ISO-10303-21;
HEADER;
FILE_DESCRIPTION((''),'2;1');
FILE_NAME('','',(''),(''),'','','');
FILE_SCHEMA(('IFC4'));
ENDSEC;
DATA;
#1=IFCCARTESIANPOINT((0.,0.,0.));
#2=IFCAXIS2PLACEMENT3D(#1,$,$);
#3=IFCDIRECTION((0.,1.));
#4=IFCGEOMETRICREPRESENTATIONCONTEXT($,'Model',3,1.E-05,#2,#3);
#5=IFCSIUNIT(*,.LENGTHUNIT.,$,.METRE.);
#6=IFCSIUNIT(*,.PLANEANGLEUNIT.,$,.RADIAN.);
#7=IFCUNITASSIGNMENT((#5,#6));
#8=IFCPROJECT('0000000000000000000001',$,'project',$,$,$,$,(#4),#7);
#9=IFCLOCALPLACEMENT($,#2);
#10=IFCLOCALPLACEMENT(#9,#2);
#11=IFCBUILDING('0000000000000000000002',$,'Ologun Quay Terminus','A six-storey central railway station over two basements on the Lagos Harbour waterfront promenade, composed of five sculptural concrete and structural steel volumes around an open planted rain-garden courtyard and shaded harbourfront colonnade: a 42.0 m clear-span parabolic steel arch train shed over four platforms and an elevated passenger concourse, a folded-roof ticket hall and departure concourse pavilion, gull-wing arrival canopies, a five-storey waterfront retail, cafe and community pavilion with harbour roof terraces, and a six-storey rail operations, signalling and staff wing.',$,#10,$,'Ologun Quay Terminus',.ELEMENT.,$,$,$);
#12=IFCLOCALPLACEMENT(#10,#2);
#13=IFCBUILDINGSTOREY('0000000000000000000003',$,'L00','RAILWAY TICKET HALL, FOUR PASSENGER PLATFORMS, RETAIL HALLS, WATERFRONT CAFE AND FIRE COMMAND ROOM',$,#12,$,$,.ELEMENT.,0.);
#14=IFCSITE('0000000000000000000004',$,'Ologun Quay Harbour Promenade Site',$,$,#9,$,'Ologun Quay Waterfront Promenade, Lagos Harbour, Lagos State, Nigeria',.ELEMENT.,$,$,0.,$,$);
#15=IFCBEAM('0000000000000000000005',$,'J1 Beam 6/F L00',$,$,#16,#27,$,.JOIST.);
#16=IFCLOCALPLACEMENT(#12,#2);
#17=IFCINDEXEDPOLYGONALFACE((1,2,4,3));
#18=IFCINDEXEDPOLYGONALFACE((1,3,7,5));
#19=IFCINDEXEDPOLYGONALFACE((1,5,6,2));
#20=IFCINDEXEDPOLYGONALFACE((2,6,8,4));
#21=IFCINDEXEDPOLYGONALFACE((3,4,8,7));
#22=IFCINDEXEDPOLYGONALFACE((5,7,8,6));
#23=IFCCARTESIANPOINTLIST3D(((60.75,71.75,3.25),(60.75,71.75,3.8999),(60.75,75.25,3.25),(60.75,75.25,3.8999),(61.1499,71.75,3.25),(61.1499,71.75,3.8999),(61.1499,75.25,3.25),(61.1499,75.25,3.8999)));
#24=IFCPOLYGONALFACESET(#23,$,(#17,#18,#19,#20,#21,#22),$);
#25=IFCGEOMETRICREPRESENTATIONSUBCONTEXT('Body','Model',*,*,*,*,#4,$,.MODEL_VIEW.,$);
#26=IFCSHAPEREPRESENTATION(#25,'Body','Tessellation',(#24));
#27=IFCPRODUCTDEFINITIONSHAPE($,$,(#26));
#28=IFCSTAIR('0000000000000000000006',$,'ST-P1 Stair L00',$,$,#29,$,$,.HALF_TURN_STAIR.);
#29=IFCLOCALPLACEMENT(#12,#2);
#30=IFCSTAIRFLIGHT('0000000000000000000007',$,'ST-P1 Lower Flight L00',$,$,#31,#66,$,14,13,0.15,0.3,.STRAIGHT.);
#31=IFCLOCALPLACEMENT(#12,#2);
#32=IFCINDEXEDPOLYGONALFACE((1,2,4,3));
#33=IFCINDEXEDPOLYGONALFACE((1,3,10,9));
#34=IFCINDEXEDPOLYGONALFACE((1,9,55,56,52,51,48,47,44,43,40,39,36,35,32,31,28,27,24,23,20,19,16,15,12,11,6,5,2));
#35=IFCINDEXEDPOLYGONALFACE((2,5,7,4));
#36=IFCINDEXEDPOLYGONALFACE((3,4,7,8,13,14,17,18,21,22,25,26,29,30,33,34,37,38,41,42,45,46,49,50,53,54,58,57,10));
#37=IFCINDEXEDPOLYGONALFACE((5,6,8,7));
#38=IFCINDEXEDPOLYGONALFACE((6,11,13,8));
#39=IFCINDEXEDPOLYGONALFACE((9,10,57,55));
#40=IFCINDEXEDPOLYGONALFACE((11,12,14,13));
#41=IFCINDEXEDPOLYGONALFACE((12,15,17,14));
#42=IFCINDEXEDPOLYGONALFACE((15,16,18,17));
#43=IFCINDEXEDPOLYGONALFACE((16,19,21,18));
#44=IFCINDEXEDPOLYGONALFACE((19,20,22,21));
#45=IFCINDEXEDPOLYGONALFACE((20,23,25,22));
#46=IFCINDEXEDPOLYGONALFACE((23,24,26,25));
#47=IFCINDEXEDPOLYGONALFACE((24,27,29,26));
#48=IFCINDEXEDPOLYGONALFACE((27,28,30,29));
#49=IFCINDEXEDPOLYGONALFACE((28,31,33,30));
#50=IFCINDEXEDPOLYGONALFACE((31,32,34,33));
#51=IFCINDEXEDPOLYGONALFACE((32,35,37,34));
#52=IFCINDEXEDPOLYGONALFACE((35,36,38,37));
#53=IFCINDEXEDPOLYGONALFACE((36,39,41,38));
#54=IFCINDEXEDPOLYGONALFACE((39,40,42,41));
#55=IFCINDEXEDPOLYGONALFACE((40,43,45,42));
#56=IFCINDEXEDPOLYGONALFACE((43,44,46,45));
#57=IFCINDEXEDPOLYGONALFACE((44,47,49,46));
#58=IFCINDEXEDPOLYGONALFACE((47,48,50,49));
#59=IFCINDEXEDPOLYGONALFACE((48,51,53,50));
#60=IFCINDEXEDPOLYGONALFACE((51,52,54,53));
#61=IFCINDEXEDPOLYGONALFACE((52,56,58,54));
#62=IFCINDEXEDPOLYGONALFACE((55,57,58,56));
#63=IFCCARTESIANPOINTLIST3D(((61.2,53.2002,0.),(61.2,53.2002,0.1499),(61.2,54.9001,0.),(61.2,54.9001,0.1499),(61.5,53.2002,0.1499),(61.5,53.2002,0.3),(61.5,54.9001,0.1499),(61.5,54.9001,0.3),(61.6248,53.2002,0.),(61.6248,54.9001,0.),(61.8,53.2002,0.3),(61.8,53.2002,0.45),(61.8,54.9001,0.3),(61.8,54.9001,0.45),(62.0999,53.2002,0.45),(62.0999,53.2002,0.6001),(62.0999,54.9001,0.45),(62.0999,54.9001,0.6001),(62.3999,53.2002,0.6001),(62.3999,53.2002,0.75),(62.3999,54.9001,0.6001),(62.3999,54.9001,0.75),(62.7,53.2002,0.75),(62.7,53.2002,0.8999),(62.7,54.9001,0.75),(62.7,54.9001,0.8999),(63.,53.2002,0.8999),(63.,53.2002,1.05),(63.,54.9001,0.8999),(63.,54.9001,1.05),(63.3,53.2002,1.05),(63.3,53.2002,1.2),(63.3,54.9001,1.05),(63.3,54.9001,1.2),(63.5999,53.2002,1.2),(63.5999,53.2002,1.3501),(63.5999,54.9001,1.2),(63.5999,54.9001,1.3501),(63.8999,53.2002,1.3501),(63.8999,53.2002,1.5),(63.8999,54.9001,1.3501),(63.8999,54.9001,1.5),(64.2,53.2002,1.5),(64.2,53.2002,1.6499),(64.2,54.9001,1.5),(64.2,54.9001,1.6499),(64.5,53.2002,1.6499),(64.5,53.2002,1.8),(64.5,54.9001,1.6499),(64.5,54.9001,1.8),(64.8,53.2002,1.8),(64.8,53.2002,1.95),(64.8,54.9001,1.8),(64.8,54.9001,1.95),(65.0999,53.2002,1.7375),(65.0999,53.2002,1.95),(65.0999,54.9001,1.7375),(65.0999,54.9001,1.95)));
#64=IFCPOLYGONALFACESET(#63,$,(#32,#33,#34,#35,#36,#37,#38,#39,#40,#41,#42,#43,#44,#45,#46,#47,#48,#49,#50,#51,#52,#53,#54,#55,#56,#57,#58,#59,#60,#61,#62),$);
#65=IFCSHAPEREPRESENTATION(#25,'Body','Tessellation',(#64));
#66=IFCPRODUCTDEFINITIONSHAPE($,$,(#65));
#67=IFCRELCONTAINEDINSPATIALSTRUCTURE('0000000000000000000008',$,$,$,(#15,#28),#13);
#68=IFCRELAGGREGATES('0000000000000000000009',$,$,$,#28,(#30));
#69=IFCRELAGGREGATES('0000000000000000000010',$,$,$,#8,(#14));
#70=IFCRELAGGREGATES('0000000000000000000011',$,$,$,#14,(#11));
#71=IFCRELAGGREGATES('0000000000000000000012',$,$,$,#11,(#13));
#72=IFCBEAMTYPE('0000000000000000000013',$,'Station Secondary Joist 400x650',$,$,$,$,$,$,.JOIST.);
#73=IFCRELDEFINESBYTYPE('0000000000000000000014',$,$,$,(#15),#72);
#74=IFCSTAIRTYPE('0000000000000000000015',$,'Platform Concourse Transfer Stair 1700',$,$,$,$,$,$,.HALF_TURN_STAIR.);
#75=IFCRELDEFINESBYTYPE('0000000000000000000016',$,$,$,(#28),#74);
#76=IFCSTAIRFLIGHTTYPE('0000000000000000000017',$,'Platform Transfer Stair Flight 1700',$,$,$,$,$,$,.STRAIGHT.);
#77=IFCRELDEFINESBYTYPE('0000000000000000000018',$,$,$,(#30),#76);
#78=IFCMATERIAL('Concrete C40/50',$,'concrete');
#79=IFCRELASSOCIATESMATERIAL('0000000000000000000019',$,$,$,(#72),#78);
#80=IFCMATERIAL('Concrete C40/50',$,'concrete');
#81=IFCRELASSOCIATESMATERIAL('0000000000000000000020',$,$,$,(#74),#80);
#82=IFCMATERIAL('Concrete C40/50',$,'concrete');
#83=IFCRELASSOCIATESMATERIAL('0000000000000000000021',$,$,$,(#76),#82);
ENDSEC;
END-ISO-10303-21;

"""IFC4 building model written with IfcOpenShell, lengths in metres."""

from ifc_helpers import new_model, si_unit, direction, frame, origin, origin_2d, place, context, subcontext, project, spatial, polyline, rectangle, outline, extrude, material, material_profile, profile_set, type_object, element, aggregate, save


model = new_model("IFC4")

# Units and contexts
model_context = context("Model", 3, precision=1e-05, world=origin(), true_north=direction((0.0, 1.0)))
body_context = subcontext(model_context, "Body", "Model", "MODEL_VIEW")
ifc_project = project(units=[si_unit("LENGTHUNIT", "METRE"), si_unit("PLANEANGLEUNIT", "RADIAN")], contexts=[model_context])

# Site, building, storey
site_placement = place(None, origin())
site = spatial("IfcSite", under=ifc_project, at=site_placement, Name="Ologun Quay Harbour Promenade Site", LongName="Ologun Quay Waterfront Promenade, Lagos Harbour, Lagos State, Nigeria", CompositionType="ELEMENT", RefElevation=0.0)
building_placement = place(site_placement, origin())
building = spatial("IfcBuilding", under=site, at=building_placement, Name="Ologun Quay Terminus", Description="A six-storey central railway station over two basements on the Lagos Harbour waterfront promenade, composed of five sculptural concrete and structural steel volumes around an open planted rain-garden courtyard and shaded harbourfront colonnade: a 42.0 m clear-span parabolic steel arch train shed over four platforms and an elevated passenger concourse, a folded-roof ticket hall and departure concourse pavilion, gull-wing arrival canopies, a five-storey waterfront retail, cafe and community pavilion with harbour roof terraces, and a six-storey rail operations, signalling and staff wing.", LongName="Ologun Quay Terminus", CompositionType="ELEMENT")
storey_placement = place(building_placement, origin())
storey = spatial("IfcBuildingStorey", under=building, at=storey_placement, Name="L00", Description="RAILWAY TICKET HALL, FOUR PASSENGER PLATFORMS, RETAIL HALLS, WATERFRONT CAFE AND FIRE COMMAND ROOM", CompositionType="ELEMENT", Elevation=0.0)

# Beam
ifc_material_1 = material(Name="Concrete C40/50", Category="concrete")
ifc_material_profile_1 = material_profile(ifc_material_1, rectangle(XDim=0.3999, YDim=0.6499, at=origin_2d()), Name="RC 400x650")
ifc_profile_set_1 = profile_set([ifc_material_profile_1], Name="Concrete C40/50")
beam_type = type_object("IfcBeamType", Name="Station Secondary Joist 400x650", PredefinedType="JOIST", material=ifc_profile_set_1)
for number, where, z_axis, x_axis, name in (
    (1, (60.95, 71.75, 3.575), (0.0, 1.0, 0.0), (-1.0, 0.0, 0.0), "J1 Beam 6/F L00"),
):
    element("IfcBeam", number, at=place(storey_placement, frame(where, z_axis=z_axis, x_axis=x_axis)), inside=storey, type_object=beam_type, Name=name, PredefinedType="JOIST", context=body_context, shape_type="SweptSolid", body=[
        extrude(rectangle(XDim=0.3999, YDim=0.6499, at=origin_2d()), origin(), (0.0, 0.0, 1.0), 3.5),
    ])

# Stair, stair flight
ifc_material_2 = material(Name="Concrete C40/50", Category="concrete")
stair_type = type_object("IfcStairType", Name="Platform Concourse Transfer Stair 1700", PredefinedType="HALF_TURN_STAIR", material=ifc_material_2)
stair_placement = place(storey_placement, origin())
stair = element("IfcStair", 2, at=stair_placement, inside=storey, type_object=stair_type, Name="ST-P1 Stair L00", PredefinedType="HALF_TURN_STAIR")
ifc_material_3 = material(Name="Concrete C40/50", Category="concrete")
stair_flight_type = type_object("IfcStairFlightType", Name="Platform Transfer Stair Flight 1700", PredefinedType="STRAIGHT", material=ifc_material_3)
stair_flight_placement = place(storey_placement, frame((61.2, 54.05, 0.0), z_axis=(0.0, 0.0, 1.0), x_axis=(1.0, 0.0, 0.0)))
stair_flight = element("IfcStairFlight", 3, at=stair_flight_placement, type_object=stair_flight_type, Name="ST-P1 Lower Flight L00", NumberOfRisers=14, NumberOfTreads=13, PredefinedType="STRAIGHT", RiserHeight=0.15, TreadLength=0.3, context=body_context, shape_type="SweptSolid", body=[
    extrude(outline(polyline([(0.0, 0.0), (0.0, 0.1499), (0.3, 0.1499), (0.3, 0.3), (0.6001, 0.3), (0.6001, 0.45), (0.8999, 0.45), (0.8999, 0.6001), (1.2, 0.6001), (1.2, 0.75), (1.5, 0.75), (1.5, 0.8999), (1.8, 0.8999), (1.8, 1.05), (2.1001, 1.05), (2.1001, 1.2), (2.3999, 1.2), (2.3999, 1.3501), (2.7, 1.3501), (2.7, 1.5), (3.0, 1.5), (3.0, 1.6499), (3.3, 1.6499), (3.3, 1.8), (3.6001, 1.8), (3.6001, 1.95), (3.8999, 1.95), (3.8999, 2.1001), (3.8999, 1.7375), (0.4248, 0.0), (0.0, 0.0)])), frame((0.0, 0.8501, 0.0), z_axis=(0.0, -1.0, 0.0), x_axis=(1.0, 0.0, 0.0)), (0.0, 0.0, 1.0), 1.7),
])
aggregate(stair, [stair_flight])

save(model, "model.ifc")
